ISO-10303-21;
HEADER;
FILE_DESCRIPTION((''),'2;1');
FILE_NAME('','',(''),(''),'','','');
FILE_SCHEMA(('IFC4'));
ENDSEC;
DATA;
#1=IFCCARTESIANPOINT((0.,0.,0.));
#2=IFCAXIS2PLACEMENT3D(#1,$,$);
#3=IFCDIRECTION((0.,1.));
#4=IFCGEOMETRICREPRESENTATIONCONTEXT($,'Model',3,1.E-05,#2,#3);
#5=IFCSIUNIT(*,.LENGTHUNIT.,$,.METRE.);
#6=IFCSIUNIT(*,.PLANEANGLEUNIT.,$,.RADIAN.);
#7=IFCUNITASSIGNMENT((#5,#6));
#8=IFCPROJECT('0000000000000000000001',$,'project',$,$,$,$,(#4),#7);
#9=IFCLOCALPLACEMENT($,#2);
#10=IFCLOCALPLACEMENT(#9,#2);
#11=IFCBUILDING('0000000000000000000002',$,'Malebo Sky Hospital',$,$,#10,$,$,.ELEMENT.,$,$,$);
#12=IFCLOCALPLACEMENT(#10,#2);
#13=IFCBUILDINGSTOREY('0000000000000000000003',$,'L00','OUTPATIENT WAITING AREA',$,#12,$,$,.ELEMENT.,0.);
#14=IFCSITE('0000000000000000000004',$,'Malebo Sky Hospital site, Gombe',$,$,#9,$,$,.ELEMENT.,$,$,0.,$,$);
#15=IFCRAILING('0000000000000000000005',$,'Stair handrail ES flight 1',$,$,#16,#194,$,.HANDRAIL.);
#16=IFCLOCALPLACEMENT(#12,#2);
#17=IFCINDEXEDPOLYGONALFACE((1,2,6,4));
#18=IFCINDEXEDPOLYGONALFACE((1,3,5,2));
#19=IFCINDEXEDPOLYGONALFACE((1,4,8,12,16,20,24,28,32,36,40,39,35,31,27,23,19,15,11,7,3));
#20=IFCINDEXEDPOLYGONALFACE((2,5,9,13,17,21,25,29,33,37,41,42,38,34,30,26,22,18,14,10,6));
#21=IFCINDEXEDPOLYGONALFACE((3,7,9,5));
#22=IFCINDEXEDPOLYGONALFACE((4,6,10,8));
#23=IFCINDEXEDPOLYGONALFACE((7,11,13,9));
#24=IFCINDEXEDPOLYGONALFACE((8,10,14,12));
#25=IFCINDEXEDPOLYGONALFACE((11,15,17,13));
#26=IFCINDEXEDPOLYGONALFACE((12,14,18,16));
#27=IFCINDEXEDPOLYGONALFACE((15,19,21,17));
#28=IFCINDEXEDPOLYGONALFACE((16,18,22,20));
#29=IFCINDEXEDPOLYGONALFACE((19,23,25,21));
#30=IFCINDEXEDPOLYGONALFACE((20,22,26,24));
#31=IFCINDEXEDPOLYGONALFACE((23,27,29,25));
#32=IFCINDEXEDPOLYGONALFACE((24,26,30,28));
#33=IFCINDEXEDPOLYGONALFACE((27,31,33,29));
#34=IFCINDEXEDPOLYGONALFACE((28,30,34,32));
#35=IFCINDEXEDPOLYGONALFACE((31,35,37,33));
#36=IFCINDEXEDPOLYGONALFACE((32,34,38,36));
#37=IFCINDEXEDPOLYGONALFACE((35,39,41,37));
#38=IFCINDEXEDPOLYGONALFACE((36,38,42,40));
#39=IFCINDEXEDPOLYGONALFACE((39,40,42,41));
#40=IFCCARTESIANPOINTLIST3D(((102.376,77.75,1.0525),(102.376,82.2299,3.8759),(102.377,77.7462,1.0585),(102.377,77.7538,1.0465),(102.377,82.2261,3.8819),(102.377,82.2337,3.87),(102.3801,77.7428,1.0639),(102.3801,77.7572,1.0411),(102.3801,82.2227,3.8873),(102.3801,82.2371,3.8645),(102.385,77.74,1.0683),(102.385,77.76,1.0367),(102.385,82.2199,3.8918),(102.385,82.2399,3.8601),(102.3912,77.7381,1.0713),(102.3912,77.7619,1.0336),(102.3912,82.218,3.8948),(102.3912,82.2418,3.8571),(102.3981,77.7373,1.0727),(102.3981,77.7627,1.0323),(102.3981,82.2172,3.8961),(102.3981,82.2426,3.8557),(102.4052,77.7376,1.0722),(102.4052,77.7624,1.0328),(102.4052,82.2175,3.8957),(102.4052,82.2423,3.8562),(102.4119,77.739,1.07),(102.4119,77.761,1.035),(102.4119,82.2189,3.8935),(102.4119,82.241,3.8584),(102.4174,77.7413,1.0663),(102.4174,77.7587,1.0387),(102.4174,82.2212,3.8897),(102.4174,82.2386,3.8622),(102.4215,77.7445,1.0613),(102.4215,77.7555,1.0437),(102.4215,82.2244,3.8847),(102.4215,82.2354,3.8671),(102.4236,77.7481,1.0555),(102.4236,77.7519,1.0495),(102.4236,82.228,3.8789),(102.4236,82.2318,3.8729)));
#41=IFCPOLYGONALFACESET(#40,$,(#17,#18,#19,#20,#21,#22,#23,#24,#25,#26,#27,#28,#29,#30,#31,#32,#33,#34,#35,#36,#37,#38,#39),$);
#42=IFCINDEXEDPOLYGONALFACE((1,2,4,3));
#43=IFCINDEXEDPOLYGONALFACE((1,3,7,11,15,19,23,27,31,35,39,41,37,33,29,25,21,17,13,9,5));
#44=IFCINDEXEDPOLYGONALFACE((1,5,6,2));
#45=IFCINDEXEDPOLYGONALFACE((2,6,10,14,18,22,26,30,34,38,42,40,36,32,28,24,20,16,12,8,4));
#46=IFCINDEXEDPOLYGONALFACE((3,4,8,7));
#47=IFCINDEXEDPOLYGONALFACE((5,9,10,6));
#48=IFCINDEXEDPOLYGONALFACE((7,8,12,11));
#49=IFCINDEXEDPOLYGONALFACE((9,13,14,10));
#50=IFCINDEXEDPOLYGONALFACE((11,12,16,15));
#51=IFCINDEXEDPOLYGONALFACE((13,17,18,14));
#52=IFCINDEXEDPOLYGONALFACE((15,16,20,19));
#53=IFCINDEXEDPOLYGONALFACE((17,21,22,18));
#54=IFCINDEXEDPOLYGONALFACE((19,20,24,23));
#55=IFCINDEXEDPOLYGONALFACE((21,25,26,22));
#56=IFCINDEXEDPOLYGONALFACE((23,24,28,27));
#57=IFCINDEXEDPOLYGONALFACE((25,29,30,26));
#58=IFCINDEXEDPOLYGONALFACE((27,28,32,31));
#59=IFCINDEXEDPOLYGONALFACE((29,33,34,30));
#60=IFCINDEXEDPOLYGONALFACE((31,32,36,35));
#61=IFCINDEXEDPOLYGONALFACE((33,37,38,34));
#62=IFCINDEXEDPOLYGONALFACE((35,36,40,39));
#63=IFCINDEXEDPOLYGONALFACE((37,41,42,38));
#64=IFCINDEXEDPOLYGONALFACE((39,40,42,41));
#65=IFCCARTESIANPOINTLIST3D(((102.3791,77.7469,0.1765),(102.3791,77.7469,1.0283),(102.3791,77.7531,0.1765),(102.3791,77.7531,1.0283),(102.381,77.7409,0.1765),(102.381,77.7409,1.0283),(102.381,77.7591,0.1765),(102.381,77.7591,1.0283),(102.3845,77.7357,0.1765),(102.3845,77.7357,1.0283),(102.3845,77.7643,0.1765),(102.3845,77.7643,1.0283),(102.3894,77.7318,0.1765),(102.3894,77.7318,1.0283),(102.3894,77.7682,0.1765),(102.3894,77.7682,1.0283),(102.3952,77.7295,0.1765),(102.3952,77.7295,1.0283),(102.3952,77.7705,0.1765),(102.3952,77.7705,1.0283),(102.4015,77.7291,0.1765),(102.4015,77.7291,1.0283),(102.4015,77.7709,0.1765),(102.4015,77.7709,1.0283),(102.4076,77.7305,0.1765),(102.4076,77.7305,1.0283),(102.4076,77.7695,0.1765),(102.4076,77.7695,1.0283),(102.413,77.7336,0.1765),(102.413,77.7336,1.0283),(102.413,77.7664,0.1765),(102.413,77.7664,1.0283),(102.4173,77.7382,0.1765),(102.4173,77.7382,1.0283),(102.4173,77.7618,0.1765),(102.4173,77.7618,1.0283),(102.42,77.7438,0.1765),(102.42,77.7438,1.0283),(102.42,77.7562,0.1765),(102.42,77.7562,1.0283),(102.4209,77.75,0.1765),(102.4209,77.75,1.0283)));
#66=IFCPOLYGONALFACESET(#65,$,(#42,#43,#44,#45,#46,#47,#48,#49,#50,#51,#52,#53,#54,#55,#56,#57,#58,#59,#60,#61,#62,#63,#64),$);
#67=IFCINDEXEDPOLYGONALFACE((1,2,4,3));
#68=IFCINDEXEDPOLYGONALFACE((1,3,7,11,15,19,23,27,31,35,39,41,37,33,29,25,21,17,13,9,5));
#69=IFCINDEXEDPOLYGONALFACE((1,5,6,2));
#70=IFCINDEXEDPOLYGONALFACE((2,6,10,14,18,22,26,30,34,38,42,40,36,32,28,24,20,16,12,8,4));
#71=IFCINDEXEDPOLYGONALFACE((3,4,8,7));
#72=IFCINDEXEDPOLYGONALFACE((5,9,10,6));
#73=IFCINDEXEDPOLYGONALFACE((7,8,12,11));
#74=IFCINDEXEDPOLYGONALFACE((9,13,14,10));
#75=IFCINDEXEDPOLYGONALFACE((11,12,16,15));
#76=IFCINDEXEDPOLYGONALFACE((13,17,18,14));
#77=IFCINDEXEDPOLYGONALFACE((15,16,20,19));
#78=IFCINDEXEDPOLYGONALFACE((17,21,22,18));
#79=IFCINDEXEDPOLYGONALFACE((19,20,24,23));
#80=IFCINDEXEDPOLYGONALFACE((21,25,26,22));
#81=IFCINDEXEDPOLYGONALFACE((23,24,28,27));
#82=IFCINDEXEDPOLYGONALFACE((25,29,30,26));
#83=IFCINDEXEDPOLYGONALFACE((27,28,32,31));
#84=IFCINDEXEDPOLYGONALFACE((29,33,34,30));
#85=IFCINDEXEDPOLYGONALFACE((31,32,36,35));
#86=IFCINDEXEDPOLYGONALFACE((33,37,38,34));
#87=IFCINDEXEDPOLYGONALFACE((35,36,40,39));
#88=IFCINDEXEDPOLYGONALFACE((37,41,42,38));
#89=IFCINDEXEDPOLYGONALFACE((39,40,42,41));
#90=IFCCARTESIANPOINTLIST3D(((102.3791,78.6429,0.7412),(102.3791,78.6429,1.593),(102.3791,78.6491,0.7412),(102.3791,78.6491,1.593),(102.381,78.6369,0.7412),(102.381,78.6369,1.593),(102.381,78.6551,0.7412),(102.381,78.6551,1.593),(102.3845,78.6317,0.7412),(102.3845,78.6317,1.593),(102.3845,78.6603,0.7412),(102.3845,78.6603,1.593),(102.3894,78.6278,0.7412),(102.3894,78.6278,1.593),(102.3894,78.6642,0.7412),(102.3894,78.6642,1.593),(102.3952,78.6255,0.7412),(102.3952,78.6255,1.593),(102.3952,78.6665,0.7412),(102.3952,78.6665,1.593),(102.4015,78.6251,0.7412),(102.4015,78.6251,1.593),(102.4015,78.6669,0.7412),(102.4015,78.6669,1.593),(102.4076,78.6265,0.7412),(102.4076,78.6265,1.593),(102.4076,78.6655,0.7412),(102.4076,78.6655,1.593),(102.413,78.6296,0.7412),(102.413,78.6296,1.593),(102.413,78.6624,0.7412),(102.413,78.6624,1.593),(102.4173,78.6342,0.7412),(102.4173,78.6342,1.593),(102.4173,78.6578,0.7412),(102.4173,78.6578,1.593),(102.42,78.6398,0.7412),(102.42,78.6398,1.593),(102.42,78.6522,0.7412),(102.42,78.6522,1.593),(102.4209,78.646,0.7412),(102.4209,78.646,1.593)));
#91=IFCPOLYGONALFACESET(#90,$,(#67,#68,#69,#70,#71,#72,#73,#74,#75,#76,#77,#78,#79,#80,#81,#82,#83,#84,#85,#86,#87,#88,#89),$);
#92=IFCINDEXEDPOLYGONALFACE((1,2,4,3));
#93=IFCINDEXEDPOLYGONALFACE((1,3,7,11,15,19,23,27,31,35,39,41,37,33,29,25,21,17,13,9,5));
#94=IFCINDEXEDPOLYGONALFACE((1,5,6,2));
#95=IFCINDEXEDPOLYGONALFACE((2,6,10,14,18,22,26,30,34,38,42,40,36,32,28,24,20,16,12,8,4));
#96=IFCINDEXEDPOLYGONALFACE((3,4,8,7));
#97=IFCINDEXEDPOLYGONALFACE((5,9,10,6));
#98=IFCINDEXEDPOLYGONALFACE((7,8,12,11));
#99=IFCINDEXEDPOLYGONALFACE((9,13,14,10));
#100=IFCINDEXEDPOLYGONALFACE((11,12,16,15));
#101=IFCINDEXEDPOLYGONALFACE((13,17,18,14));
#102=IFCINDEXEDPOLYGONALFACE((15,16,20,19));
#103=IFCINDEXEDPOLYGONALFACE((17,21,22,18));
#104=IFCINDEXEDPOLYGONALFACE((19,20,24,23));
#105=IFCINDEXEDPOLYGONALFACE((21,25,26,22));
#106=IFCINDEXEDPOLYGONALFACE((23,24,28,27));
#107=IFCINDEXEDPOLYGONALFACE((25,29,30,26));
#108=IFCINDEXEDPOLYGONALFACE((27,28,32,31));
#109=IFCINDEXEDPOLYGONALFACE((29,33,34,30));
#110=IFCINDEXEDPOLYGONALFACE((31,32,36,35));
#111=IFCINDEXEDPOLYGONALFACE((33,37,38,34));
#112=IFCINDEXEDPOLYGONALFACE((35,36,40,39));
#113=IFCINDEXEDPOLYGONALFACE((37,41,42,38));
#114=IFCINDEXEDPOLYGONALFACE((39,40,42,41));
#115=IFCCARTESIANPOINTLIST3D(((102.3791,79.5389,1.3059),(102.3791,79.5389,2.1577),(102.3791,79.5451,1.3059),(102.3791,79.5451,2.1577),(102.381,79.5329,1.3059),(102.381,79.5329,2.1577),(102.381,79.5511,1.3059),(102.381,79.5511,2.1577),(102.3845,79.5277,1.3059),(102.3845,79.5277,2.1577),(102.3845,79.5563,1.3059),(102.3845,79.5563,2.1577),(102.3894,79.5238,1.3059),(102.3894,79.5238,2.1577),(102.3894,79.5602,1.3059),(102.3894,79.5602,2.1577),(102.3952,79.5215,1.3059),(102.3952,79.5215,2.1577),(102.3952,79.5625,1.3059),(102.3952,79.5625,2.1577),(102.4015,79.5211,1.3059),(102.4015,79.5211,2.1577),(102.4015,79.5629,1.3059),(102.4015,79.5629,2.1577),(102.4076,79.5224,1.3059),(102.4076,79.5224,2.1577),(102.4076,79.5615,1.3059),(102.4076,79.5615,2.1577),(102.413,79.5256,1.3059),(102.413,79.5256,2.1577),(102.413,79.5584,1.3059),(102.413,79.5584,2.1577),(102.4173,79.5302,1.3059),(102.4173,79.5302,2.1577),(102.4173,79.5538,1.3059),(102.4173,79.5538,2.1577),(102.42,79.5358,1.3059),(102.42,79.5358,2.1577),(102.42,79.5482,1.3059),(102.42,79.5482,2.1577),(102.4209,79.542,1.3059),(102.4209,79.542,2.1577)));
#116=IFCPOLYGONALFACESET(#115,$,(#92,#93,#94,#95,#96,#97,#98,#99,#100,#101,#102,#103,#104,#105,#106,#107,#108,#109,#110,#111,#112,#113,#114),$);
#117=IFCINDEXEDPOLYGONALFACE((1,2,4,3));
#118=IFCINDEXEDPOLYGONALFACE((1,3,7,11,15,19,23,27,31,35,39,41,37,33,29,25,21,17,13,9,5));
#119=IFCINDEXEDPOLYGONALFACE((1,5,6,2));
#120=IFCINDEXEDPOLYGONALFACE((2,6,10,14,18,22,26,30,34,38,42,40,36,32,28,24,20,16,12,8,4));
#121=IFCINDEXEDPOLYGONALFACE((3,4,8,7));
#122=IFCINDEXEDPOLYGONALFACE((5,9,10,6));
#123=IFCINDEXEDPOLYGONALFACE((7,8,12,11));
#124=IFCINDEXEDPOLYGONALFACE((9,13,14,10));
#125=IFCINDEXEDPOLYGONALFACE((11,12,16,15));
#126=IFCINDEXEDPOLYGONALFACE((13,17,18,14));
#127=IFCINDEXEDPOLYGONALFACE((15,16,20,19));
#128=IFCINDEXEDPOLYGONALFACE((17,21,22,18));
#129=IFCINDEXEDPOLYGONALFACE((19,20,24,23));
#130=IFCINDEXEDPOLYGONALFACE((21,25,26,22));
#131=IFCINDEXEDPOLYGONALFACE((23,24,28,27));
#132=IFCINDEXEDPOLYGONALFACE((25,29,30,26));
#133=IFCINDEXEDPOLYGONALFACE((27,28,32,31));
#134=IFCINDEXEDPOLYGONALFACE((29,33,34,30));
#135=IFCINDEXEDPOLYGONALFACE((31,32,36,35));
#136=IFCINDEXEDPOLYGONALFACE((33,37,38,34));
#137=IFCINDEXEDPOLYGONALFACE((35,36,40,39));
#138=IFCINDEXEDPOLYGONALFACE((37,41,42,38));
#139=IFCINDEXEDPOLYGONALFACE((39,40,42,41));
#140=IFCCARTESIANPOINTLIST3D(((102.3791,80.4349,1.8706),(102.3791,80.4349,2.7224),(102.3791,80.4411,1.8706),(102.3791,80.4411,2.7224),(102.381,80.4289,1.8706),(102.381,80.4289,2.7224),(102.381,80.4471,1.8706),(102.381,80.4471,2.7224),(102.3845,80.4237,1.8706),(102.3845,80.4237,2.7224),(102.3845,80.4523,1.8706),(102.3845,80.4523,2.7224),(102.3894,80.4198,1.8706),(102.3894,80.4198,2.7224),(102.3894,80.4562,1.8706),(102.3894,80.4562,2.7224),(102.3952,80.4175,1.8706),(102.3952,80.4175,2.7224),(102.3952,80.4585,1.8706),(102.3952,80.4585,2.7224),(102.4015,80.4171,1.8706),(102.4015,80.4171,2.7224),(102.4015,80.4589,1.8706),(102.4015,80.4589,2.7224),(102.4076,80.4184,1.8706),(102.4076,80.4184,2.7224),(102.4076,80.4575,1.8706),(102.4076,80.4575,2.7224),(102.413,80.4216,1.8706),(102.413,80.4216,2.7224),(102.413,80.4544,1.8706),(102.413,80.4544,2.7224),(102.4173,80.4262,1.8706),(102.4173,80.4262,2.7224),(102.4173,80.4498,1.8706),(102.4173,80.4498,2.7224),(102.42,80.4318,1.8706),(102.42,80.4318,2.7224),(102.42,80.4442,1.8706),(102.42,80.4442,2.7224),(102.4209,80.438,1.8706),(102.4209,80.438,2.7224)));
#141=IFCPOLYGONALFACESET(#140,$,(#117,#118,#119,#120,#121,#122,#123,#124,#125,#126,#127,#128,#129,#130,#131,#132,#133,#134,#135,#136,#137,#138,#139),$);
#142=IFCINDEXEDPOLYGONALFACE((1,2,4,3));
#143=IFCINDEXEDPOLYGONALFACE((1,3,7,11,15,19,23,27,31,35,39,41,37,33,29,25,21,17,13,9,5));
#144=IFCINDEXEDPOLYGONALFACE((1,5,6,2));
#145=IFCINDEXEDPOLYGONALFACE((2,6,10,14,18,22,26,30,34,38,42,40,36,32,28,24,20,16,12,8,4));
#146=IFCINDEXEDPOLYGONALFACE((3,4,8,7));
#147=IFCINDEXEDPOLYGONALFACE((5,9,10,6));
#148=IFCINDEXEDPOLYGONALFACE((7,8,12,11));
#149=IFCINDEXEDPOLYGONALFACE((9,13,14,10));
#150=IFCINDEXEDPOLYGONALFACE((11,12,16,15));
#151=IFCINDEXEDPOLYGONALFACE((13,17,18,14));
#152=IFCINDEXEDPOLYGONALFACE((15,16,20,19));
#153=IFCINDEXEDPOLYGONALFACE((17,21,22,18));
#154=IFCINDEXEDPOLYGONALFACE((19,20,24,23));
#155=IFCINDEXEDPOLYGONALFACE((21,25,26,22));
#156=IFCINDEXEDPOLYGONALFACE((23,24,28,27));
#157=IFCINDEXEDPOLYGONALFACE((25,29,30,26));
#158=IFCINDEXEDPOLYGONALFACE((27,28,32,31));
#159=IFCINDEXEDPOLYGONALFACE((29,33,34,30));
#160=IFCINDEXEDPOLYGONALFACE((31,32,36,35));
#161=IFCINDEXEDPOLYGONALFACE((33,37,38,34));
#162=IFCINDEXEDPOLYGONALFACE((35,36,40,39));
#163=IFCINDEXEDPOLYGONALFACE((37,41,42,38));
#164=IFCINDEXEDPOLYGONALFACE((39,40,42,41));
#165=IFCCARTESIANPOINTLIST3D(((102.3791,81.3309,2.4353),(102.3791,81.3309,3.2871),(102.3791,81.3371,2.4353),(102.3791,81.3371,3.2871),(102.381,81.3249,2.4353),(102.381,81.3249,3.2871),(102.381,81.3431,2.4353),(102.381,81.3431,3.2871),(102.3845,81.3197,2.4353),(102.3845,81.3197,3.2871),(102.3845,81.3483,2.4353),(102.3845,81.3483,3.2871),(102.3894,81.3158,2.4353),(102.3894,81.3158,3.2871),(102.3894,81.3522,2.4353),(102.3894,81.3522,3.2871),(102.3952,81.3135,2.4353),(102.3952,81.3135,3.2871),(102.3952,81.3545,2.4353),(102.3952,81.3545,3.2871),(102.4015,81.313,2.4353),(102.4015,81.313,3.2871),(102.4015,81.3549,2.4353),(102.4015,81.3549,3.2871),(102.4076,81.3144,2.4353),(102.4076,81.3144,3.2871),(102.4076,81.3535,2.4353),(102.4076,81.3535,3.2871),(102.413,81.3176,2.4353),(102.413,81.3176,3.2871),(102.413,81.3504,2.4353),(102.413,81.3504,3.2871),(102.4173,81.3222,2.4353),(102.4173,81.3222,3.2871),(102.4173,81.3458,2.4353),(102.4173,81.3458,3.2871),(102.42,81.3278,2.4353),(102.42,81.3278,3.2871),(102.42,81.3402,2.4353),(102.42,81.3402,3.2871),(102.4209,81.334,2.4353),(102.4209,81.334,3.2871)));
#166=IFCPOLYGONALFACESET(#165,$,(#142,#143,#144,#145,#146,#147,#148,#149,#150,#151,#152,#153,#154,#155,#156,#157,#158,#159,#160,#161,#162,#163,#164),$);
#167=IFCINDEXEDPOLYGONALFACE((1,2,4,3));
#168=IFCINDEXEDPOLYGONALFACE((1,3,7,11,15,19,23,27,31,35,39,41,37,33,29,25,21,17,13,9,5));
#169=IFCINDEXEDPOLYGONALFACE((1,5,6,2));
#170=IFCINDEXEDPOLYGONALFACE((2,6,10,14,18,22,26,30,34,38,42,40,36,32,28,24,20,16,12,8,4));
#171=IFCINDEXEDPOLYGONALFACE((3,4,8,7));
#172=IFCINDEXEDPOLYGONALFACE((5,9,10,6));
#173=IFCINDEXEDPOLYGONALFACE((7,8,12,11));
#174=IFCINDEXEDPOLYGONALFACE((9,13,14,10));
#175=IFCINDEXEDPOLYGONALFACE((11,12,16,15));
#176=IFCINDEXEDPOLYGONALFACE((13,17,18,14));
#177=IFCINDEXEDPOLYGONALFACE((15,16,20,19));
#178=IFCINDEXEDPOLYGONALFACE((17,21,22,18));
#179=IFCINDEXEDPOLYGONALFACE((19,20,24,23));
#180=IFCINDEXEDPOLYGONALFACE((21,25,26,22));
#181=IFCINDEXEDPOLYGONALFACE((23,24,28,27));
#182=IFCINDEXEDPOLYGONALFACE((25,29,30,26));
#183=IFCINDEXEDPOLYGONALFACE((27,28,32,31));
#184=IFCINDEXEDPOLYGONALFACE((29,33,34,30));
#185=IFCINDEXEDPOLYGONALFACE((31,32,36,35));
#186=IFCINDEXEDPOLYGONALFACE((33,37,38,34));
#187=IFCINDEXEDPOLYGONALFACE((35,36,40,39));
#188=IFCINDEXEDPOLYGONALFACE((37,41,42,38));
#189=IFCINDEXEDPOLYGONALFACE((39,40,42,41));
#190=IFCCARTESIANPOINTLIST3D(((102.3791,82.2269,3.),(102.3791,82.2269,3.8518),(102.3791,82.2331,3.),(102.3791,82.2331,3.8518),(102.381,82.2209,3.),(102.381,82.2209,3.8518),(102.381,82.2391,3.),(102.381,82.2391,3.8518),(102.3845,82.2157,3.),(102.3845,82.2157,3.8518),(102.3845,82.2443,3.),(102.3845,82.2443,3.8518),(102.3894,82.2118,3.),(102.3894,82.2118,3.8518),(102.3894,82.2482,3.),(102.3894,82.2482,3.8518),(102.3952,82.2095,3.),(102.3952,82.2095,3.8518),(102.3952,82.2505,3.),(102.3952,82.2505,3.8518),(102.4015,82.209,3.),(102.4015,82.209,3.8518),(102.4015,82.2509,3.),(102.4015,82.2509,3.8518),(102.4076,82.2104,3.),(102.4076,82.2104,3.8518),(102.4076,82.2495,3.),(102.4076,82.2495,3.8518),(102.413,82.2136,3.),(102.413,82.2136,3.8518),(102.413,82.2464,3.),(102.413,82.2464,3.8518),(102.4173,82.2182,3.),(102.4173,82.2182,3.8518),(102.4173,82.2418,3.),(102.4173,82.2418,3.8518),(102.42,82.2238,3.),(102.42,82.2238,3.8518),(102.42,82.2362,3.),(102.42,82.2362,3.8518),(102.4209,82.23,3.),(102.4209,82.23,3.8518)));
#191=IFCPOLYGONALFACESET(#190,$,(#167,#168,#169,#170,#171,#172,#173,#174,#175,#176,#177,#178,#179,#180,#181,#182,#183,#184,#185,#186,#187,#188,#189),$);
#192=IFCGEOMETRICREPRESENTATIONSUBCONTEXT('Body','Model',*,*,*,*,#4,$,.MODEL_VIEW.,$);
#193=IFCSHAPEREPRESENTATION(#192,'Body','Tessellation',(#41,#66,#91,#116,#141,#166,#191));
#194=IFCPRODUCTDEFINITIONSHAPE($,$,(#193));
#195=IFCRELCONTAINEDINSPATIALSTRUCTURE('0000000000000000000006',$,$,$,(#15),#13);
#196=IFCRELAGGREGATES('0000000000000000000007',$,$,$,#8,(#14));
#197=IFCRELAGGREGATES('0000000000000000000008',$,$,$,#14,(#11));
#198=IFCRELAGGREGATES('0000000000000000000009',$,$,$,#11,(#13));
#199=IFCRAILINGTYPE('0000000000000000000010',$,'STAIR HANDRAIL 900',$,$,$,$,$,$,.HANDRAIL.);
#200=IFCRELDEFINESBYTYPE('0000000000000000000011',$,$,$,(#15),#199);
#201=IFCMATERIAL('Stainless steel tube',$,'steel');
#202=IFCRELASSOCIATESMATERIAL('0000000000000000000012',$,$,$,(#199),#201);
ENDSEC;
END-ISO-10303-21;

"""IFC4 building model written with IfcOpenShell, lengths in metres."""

from ifc_helpers import new_model, si_unit, direction, frame, origin, origin_2d, place, context, subcontext, project, spatial, circle, extrude, material, type_object, element, save


model = new_model("IFC4")

# Units and contexts
model_context = context("Model", 3, precision=1e-05, world=origin(), true_north=direction((0.0, 1.0)))
body_context = subcontext(model_context, "Body", "Model", "MODEL_VIEW")
ifc_project = project(units=[si_unit("LENGTHUNIT", "METRE"), si_unit("PLANEANGLEUNIT", "RADIAN")], contexts=[model_context])

# Site, building, storey
site_placement = place(None, origin())
site = spatial("IfcSite", under=ifc_project, at=site_placement, Name="Malebo Sky Hospital site, Gombe", CompositionType="ELEMENT", RefElevation=0.0)
building_placement = place(site_placement, origin())
building = spatial("IfcBuilding", under=site, at=building_placement, Name="Malebo Sky Hospital", CompositionType="ELEMENT")
storey_placement = place(building_placement, origin())
storey = spatial("IfcBuildingStorey", under=building, at=storey_placement, Name="L00", Description="OUTPATIENT WAITING AREA", CompositionType="ELEMENT", Elevation=0.0)

# Railing
ifc_material_1 = material(Name="Stainless steel tube", Category="steel")
railing_type = type_object("IfcRailingType", Name="STAIR HANDRAIL 900", PredefinedType="HANDRAIL", material=ifc_material_1)
railing_1_placement = place(storey_placement, frame((102.3999, 77.75, 0.1765)))
element("IfcRailing", 1, at=railing_1_placement, inside=storey, type_object=railing_type, Name="Stair handrail ES flight 1", PredefinedType="HANDRAIL", context=body_context, shape_type="SweptSolid", body=[
    extrude(circle(Radius=0.0239, at=origin_2d()), frame((0.0, 0.0, 0.876), z_axis=(0.0, 0.845998, 0.533186), x_axis=(-1.0, 0.0, 0.0)), (0.0, 0.0, 1.0), 5.2954),
    extrude(circle(Radius=0.021, at=origin_2d()), origin(), (0.0, 0.0, 1.0), 0.8518),
    extrude(circle(Radius=0.021, at=origin_2d()), frame((0.0, 0.896, 0.5647)), (0.0, 0.0, 1.0), 0.8518),
    extrude(circle(Radius=0.021, at=origin_2d()), frame((0.0, 1.792, 1.1294)), (0.0, 0.0, 1.0), 0.8518),
    extrude(circle(Radius=0.021, at=origin_2d()), frame((0.0, 2.688, 1.6941)), (0.0, 0.0, 1.0), 0.8518),
    extrude(circle(Radius=0.021, at=origin_2d()), frame((0.0, 3.584, 2.2588)), (0.0, 0.0, 1.0), 0.8518),
    extrude(circle(Radius=0.021, at=origin_2d()), frame((0.0, 4.48, 2.8235)), (0.0, 0.0, 1.0), 0.8518),
])

save(model, "model.ifc")
